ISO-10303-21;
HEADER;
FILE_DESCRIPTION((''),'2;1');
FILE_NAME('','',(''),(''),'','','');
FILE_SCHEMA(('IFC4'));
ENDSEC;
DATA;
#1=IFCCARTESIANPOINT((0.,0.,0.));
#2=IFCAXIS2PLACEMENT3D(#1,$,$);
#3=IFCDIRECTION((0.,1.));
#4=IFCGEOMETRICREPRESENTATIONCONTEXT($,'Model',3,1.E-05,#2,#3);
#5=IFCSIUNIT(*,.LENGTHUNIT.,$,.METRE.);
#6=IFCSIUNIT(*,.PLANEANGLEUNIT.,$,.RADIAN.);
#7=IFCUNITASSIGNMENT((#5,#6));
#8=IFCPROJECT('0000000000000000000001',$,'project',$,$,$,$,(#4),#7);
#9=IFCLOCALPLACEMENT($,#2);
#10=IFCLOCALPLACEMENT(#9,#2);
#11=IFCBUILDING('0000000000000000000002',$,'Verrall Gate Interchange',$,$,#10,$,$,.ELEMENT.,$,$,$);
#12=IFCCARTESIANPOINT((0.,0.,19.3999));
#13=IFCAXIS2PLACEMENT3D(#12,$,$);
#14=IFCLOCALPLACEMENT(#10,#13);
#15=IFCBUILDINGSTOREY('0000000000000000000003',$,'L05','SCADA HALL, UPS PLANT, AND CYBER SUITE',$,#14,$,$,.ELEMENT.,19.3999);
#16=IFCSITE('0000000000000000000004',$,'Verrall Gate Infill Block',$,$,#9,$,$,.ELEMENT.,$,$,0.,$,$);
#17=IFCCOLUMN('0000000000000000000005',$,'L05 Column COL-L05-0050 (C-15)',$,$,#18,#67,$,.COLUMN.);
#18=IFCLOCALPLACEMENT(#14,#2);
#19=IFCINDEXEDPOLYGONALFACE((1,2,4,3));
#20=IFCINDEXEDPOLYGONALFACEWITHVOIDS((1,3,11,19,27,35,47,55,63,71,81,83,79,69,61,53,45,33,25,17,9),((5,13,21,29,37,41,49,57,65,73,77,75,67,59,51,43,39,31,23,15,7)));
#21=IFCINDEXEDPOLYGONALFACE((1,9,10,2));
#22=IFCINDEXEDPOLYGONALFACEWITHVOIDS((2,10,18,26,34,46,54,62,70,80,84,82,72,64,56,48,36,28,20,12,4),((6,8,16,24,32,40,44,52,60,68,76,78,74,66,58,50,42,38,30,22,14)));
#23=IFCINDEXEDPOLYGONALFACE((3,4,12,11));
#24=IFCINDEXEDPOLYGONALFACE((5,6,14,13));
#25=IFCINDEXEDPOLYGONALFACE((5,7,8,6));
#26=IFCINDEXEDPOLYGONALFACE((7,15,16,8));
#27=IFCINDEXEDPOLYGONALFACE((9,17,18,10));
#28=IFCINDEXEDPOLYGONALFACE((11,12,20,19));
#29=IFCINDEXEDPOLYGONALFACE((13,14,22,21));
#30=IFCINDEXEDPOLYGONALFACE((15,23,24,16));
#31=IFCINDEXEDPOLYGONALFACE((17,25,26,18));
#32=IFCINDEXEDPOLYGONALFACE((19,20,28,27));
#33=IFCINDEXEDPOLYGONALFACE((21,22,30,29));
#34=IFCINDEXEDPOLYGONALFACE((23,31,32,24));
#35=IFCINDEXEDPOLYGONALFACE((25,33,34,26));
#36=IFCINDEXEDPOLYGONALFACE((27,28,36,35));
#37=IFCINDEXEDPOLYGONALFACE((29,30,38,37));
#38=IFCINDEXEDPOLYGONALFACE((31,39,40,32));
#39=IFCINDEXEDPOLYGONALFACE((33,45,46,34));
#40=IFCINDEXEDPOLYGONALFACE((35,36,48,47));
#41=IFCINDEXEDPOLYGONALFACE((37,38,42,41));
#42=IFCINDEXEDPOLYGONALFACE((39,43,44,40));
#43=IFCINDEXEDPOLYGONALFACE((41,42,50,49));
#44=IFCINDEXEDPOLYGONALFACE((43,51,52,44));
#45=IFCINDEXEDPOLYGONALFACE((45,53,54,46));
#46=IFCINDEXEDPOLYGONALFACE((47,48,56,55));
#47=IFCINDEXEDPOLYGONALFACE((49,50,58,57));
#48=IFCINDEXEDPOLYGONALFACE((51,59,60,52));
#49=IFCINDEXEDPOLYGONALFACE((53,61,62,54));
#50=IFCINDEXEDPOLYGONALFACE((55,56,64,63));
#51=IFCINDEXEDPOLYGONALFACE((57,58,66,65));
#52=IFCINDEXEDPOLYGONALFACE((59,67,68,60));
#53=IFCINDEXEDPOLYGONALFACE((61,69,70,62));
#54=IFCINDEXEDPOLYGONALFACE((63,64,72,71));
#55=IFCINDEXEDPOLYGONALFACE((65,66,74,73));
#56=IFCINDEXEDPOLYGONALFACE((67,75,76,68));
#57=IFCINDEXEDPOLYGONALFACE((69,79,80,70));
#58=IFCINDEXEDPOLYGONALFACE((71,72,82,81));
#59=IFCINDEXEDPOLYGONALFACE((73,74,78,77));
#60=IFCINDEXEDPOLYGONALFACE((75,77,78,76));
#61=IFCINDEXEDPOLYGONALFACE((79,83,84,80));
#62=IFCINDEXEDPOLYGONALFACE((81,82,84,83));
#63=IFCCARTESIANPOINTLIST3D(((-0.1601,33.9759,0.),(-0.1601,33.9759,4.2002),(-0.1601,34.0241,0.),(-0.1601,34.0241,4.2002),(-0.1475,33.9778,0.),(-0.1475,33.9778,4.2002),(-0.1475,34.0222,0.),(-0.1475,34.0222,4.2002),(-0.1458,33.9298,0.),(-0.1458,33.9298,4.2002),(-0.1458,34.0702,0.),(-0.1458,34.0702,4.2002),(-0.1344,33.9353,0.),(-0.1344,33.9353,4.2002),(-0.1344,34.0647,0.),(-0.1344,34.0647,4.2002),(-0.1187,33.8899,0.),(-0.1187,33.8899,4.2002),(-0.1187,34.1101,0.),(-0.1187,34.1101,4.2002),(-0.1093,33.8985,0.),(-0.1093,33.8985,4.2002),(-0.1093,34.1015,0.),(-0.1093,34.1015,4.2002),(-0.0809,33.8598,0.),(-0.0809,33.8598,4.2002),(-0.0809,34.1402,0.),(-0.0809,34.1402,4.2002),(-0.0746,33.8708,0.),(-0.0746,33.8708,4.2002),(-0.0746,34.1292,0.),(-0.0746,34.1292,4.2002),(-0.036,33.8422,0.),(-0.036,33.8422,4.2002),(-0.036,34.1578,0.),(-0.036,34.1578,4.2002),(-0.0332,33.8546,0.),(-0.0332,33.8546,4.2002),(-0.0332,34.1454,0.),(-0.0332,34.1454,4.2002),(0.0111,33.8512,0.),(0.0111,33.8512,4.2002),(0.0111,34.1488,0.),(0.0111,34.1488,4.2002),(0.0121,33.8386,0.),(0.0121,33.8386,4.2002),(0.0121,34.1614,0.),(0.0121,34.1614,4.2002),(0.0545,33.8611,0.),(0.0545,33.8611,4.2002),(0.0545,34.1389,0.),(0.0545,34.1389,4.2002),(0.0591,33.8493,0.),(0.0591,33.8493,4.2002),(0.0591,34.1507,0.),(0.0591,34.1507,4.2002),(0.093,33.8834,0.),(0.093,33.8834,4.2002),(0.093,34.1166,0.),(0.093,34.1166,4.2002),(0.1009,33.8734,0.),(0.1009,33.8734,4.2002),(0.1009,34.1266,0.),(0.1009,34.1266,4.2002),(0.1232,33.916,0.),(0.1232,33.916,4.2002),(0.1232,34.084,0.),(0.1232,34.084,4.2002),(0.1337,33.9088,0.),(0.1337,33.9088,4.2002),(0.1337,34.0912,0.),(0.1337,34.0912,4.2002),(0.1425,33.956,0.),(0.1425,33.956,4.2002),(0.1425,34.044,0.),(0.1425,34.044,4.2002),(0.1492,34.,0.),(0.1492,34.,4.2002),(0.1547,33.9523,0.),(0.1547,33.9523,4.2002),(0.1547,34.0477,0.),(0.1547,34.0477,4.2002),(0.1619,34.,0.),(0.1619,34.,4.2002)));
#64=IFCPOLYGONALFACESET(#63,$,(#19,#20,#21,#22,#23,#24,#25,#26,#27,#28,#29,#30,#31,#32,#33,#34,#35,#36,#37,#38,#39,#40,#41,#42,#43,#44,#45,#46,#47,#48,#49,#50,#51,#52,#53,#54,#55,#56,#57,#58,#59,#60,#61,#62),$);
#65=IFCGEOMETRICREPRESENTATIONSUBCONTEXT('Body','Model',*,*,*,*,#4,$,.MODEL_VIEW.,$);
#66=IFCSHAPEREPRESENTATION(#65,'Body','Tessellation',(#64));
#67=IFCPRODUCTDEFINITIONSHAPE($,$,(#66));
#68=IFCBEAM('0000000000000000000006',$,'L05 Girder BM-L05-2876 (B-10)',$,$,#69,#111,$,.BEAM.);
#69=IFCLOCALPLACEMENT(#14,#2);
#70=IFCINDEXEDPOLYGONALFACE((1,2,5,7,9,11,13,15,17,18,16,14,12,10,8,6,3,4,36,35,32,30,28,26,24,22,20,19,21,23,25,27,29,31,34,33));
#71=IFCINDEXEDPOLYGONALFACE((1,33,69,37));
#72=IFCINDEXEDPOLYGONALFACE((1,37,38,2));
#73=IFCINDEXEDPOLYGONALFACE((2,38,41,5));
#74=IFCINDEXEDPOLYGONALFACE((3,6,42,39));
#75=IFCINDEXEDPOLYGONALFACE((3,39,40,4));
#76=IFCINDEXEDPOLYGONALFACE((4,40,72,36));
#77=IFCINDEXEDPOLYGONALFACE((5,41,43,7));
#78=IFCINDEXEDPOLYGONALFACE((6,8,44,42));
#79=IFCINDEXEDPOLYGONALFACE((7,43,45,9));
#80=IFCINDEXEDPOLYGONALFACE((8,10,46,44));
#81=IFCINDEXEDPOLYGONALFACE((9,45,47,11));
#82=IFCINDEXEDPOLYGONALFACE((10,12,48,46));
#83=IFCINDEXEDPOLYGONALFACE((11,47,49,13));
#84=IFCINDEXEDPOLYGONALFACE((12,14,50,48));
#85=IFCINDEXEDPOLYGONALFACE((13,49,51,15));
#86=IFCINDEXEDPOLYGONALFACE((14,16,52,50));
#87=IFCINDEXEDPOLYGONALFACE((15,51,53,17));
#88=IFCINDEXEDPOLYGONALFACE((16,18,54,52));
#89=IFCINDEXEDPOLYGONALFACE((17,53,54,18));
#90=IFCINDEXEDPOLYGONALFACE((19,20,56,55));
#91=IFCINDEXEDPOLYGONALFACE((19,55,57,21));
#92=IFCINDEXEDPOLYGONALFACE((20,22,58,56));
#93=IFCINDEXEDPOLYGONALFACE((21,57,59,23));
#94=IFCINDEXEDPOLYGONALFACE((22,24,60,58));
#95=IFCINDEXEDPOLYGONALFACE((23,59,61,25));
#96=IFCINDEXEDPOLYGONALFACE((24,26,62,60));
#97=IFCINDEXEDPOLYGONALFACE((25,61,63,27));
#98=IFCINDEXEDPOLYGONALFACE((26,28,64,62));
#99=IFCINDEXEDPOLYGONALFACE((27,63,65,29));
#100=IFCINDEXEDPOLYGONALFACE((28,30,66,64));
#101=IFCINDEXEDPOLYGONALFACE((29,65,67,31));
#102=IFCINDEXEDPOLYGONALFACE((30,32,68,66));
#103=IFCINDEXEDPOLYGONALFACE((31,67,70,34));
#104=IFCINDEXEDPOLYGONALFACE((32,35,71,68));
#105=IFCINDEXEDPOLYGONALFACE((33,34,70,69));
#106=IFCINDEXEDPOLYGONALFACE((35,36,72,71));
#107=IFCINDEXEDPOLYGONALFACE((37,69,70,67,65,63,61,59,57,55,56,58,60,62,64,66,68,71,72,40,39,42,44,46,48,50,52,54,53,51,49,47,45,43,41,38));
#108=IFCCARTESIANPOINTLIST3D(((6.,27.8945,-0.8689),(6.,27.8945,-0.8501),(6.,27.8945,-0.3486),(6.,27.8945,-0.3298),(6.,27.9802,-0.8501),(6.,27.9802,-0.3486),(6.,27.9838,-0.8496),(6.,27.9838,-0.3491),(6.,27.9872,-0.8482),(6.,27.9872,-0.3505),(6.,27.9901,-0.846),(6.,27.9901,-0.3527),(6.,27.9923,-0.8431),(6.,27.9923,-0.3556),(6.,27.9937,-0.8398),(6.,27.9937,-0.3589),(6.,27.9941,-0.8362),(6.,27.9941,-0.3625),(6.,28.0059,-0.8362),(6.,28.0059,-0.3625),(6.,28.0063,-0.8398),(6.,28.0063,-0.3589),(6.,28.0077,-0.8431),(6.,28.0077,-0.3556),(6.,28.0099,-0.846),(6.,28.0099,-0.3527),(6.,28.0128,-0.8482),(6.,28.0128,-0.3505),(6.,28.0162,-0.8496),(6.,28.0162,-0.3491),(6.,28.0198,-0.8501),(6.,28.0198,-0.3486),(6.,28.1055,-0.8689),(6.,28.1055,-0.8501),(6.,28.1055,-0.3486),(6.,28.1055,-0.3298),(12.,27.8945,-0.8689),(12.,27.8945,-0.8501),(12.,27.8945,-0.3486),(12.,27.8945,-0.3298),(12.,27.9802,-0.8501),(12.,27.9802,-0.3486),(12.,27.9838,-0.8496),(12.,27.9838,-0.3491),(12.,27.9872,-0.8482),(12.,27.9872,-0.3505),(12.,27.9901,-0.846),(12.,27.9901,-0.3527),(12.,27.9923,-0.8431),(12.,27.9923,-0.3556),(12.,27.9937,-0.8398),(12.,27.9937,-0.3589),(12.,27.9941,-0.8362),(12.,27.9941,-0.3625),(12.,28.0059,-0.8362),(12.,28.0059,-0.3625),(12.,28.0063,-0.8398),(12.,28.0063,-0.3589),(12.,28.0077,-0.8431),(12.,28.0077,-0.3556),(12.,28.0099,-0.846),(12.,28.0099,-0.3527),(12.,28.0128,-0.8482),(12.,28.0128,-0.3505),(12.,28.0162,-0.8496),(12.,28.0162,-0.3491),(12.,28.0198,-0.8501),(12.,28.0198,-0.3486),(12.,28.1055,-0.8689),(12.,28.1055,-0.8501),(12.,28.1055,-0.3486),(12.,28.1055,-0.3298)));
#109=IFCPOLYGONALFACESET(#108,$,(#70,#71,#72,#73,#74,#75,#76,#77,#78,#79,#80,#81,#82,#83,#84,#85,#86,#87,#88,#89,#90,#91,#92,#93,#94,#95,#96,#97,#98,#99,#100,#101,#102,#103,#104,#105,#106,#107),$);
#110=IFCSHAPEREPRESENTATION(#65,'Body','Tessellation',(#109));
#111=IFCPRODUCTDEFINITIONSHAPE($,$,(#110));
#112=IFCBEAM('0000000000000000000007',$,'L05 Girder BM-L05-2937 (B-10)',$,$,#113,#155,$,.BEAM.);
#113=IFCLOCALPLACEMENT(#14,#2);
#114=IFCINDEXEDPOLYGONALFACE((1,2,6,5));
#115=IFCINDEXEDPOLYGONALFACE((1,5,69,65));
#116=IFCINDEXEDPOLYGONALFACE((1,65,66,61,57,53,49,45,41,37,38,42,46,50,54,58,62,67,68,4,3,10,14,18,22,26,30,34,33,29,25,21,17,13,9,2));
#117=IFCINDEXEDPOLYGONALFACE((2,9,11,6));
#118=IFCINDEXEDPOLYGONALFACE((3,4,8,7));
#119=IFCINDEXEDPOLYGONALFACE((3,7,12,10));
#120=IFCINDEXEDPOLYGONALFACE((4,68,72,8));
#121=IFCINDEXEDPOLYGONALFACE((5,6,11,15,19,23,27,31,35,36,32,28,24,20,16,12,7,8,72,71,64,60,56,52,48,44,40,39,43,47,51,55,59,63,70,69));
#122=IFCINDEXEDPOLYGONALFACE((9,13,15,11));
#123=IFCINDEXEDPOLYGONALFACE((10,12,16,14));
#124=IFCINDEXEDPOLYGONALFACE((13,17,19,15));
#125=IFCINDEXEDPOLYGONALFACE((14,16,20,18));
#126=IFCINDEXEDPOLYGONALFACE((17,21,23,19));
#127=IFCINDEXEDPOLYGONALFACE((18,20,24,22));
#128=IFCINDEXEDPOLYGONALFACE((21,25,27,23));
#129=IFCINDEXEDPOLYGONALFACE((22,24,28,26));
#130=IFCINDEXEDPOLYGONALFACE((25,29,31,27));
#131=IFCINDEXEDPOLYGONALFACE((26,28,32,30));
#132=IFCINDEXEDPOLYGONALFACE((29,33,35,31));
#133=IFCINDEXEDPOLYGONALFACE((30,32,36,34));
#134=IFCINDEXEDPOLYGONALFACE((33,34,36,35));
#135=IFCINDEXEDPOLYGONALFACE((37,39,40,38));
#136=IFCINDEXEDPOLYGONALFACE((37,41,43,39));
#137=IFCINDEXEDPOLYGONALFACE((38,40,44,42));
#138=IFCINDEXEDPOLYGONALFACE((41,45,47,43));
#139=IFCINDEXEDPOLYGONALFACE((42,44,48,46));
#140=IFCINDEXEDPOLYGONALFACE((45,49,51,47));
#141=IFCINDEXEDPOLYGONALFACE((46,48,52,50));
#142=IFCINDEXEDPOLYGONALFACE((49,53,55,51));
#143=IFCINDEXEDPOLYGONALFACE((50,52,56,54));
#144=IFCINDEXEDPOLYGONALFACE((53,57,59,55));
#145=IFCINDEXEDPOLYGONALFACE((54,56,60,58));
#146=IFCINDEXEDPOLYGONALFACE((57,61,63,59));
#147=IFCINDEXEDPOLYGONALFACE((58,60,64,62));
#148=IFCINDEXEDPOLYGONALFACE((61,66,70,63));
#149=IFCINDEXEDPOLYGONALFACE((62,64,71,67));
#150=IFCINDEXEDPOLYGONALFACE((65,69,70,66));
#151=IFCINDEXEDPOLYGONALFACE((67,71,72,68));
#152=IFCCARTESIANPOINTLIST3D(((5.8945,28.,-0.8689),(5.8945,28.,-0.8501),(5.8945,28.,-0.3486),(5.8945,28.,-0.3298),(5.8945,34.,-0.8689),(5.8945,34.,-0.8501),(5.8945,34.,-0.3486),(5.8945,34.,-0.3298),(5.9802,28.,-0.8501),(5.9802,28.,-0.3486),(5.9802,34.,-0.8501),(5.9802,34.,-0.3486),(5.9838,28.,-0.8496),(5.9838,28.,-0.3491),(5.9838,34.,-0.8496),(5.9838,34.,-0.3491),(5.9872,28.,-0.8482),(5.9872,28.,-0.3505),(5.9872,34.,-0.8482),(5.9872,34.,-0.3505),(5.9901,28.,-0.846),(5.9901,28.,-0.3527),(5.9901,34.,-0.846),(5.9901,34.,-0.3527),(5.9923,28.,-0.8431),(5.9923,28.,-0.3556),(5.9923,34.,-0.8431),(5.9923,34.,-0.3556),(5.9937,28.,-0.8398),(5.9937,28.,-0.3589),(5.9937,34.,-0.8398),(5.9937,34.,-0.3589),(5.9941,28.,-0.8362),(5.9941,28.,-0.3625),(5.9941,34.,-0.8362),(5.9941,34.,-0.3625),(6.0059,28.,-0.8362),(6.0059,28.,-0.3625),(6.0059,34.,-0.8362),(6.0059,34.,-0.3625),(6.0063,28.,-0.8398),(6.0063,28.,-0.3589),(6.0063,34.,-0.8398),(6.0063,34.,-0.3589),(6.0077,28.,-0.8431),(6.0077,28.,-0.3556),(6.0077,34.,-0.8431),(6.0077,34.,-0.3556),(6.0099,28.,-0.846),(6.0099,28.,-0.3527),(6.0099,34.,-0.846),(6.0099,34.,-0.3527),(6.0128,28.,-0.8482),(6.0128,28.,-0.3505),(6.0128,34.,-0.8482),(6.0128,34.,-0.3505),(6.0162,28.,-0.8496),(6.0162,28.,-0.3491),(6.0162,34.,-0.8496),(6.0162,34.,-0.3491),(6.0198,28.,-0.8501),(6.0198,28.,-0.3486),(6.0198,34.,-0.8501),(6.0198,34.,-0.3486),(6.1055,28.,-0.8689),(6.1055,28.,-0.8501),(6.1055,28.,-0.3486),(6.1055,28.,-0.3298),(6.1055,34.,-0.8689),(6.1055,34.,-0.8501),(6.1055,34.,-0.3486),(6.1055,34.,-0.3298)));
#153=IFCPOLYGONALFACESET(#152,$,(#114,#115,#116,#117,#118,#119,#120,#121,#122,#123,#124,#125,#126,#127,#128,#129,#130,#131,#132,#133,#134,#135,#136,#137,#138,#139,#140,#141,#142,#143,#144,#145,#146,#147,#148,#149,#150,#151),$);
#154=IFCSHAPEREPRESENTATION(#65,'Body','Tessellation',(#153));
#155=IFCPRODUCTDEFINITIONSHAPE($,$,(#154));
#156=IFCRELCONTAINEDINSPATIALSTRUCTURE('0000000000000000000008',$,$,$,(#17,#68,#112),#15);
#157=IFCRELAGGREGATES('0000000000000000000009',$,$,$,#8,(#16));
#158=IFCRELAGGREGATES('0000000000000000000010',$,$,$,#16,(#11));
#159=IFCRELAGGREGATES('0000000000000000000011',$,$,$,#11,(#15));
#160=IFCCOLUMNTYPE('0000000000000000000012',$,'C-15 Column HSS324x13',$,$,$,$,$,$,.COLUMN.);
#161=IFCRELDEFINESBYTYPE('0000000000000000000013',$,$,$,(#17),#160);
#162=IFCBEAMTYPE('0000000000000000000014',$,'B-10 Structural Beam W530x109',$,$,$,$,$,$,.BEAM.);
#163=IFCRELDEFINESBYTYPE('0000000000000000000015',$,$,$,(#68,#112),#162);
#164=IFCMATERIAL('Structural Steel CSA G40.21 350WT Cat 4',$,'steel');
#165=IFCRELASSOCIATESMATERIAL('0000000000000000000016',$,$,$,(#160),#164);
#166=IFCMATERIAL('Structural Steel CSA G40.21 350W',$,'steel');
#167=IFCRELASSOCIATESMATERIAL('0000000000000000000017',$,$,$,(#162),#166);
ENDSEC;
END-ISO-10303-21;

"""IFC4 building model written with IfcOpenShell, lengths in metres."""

from ifc_helpers import new_model, si_unit, direction, frame, origin, origin_2d, place, context, subcontext, project, spatial, hollow_circle, i_section, extrude, material, material_profile, profile_set, type_object, element, save


model = new_model("IFC4")

# Units and contexts
model_context = context("Model", 3, precision=1e-05, world=origin(), true_north=direction((0.0, 1.0)))
body_context = subcontext(model_context, "Body", "Model", "MODEL_VIEW")
ifc_project = project(units=[si_unit("LENGTHUNIT", "METRE"), si_unit("PLANEANGLEUNIT", "RADIAN")], contexts=[model_context])

# Site, building, storey
site_placement = place(None, origin())
site = spatial("IfcSite", under=ifc_project, at=site_placement, Name="Verrall Gate Infill Block", CompositionType="ELEMENT", RefElevation=0.0)
building_placement = place(site_placement, origin())
building = spatial("IfcBuilding", under=site, at=building_placement, Name="Verrall Gate Interchange", CompositionType="ELEMENT")
storey_placement = place(building_placement, frame((0.0, 0.0, 19.3999)))
storey = spatial("IfcBuildingStorey", under=building, at=storey_placement, Name="L05", Description="SCADA HALL, UPS PLANT, AND CYBER SUITE", CompositionType="ELEMENT", Elevation=19.3999)

# Column
ifc_material_1 = material(Name="Structural Steel CSA G40.21 350WT Cat 4", Category="steel")
ifc_material_profile_1 = material_profile(ifc_material_1, hollow_circle(Radius=0.1619, WallThickness=0.0127, at=origin_2d()), Name="HSS324x13")
ifc_profile_set_1 = profile_set([ifc_material_profile_1], Name="Structural Steel CSA G40.21 350WT Cat 4")
column_type_1 = type_object("IfcColumnType", Name="C-15 Column HSS324x13", PredefinedType="COLUMN", material=ifc_profile_set_1)
for number, where, z_axis, x_axis, name in (
    (1, (0.0, 34.0, 0.0), (0.0, 0.0, 1.0), (1.0, 0.0, 0.0), "L05 Column COL-L05-0050 (C-15)"),
):
    element("IfcColumn", number, at=place(storey_placement, frame(where, z_axis=z_axis, x_axis=x_axis)), inside=storey, type_object=column_type_1, Name=name, PredefinedType="COLUMN", context=body_context, shape_type="SweptSolid", body=[
        extrude(hollow_circle(Radius=0.1619, WallThickness=0.0127, at=origin_2d()), origin(), (0.0, 0.0, 1.0), 4.2002),
    ])

# Beams
ifc_material_2 = material(Name="Structural Steel CSA G40.21 350W", Category="steel")
ifc_material_profile_2 = material_profile(ifc_material_2, i_section(OverallWidth=0.2109, OverallDepth=0.5391, WebThickness=0.0117, FlangeThickness=0.0188, FilletRadius=0.0139, at=origin_2d()), Name="W530x109")
ifc_profile_set_2 = profile_set([ifc_material_profile_2], Name="Structural Steel CSA G40.21 350W")
beam_type_1 = type_object("IfcBeamType", Name="B-10 Structural Beam W530x109", PredefinedType="BEAM", material=ifc_profile_set_2)
for number, where, z_axis, x_axis, name in (
    (2, (6.0, 28.0, -0.5994), (1.0, 0.0, 0.0), (0.0, 1.0, 0.0), "L05 Girder BM-L05-2876 (B-10)"),
    (3, (6.0, 28.0, -0.5994), (0.0, 1.0, 0.0), (-1.0, 0.0, 0.0), "L05 Girder BM-L05-2937 (B-10)"),
):
    element("IfcBeam", number, at=place(storey_placement, frame(where, z_axis=z_axis, x_axis=x_axis)), inside=storey, type_object=beam_type_1, Name=name, PredefinedType="BEAM", context=body_context, shape_type="SweptSolid", body=[
        extrude(i_section(OverallWidth=0.2109, OverallDepth=0.5391, WebThickness=0.0117, FlangeThickness=0.0188, FilletRadius=0.0139, at=origin_2d()), origin(), (0.0, 0.0, 1.0), 6.0),
    ])

save(model, "model.ifc")
